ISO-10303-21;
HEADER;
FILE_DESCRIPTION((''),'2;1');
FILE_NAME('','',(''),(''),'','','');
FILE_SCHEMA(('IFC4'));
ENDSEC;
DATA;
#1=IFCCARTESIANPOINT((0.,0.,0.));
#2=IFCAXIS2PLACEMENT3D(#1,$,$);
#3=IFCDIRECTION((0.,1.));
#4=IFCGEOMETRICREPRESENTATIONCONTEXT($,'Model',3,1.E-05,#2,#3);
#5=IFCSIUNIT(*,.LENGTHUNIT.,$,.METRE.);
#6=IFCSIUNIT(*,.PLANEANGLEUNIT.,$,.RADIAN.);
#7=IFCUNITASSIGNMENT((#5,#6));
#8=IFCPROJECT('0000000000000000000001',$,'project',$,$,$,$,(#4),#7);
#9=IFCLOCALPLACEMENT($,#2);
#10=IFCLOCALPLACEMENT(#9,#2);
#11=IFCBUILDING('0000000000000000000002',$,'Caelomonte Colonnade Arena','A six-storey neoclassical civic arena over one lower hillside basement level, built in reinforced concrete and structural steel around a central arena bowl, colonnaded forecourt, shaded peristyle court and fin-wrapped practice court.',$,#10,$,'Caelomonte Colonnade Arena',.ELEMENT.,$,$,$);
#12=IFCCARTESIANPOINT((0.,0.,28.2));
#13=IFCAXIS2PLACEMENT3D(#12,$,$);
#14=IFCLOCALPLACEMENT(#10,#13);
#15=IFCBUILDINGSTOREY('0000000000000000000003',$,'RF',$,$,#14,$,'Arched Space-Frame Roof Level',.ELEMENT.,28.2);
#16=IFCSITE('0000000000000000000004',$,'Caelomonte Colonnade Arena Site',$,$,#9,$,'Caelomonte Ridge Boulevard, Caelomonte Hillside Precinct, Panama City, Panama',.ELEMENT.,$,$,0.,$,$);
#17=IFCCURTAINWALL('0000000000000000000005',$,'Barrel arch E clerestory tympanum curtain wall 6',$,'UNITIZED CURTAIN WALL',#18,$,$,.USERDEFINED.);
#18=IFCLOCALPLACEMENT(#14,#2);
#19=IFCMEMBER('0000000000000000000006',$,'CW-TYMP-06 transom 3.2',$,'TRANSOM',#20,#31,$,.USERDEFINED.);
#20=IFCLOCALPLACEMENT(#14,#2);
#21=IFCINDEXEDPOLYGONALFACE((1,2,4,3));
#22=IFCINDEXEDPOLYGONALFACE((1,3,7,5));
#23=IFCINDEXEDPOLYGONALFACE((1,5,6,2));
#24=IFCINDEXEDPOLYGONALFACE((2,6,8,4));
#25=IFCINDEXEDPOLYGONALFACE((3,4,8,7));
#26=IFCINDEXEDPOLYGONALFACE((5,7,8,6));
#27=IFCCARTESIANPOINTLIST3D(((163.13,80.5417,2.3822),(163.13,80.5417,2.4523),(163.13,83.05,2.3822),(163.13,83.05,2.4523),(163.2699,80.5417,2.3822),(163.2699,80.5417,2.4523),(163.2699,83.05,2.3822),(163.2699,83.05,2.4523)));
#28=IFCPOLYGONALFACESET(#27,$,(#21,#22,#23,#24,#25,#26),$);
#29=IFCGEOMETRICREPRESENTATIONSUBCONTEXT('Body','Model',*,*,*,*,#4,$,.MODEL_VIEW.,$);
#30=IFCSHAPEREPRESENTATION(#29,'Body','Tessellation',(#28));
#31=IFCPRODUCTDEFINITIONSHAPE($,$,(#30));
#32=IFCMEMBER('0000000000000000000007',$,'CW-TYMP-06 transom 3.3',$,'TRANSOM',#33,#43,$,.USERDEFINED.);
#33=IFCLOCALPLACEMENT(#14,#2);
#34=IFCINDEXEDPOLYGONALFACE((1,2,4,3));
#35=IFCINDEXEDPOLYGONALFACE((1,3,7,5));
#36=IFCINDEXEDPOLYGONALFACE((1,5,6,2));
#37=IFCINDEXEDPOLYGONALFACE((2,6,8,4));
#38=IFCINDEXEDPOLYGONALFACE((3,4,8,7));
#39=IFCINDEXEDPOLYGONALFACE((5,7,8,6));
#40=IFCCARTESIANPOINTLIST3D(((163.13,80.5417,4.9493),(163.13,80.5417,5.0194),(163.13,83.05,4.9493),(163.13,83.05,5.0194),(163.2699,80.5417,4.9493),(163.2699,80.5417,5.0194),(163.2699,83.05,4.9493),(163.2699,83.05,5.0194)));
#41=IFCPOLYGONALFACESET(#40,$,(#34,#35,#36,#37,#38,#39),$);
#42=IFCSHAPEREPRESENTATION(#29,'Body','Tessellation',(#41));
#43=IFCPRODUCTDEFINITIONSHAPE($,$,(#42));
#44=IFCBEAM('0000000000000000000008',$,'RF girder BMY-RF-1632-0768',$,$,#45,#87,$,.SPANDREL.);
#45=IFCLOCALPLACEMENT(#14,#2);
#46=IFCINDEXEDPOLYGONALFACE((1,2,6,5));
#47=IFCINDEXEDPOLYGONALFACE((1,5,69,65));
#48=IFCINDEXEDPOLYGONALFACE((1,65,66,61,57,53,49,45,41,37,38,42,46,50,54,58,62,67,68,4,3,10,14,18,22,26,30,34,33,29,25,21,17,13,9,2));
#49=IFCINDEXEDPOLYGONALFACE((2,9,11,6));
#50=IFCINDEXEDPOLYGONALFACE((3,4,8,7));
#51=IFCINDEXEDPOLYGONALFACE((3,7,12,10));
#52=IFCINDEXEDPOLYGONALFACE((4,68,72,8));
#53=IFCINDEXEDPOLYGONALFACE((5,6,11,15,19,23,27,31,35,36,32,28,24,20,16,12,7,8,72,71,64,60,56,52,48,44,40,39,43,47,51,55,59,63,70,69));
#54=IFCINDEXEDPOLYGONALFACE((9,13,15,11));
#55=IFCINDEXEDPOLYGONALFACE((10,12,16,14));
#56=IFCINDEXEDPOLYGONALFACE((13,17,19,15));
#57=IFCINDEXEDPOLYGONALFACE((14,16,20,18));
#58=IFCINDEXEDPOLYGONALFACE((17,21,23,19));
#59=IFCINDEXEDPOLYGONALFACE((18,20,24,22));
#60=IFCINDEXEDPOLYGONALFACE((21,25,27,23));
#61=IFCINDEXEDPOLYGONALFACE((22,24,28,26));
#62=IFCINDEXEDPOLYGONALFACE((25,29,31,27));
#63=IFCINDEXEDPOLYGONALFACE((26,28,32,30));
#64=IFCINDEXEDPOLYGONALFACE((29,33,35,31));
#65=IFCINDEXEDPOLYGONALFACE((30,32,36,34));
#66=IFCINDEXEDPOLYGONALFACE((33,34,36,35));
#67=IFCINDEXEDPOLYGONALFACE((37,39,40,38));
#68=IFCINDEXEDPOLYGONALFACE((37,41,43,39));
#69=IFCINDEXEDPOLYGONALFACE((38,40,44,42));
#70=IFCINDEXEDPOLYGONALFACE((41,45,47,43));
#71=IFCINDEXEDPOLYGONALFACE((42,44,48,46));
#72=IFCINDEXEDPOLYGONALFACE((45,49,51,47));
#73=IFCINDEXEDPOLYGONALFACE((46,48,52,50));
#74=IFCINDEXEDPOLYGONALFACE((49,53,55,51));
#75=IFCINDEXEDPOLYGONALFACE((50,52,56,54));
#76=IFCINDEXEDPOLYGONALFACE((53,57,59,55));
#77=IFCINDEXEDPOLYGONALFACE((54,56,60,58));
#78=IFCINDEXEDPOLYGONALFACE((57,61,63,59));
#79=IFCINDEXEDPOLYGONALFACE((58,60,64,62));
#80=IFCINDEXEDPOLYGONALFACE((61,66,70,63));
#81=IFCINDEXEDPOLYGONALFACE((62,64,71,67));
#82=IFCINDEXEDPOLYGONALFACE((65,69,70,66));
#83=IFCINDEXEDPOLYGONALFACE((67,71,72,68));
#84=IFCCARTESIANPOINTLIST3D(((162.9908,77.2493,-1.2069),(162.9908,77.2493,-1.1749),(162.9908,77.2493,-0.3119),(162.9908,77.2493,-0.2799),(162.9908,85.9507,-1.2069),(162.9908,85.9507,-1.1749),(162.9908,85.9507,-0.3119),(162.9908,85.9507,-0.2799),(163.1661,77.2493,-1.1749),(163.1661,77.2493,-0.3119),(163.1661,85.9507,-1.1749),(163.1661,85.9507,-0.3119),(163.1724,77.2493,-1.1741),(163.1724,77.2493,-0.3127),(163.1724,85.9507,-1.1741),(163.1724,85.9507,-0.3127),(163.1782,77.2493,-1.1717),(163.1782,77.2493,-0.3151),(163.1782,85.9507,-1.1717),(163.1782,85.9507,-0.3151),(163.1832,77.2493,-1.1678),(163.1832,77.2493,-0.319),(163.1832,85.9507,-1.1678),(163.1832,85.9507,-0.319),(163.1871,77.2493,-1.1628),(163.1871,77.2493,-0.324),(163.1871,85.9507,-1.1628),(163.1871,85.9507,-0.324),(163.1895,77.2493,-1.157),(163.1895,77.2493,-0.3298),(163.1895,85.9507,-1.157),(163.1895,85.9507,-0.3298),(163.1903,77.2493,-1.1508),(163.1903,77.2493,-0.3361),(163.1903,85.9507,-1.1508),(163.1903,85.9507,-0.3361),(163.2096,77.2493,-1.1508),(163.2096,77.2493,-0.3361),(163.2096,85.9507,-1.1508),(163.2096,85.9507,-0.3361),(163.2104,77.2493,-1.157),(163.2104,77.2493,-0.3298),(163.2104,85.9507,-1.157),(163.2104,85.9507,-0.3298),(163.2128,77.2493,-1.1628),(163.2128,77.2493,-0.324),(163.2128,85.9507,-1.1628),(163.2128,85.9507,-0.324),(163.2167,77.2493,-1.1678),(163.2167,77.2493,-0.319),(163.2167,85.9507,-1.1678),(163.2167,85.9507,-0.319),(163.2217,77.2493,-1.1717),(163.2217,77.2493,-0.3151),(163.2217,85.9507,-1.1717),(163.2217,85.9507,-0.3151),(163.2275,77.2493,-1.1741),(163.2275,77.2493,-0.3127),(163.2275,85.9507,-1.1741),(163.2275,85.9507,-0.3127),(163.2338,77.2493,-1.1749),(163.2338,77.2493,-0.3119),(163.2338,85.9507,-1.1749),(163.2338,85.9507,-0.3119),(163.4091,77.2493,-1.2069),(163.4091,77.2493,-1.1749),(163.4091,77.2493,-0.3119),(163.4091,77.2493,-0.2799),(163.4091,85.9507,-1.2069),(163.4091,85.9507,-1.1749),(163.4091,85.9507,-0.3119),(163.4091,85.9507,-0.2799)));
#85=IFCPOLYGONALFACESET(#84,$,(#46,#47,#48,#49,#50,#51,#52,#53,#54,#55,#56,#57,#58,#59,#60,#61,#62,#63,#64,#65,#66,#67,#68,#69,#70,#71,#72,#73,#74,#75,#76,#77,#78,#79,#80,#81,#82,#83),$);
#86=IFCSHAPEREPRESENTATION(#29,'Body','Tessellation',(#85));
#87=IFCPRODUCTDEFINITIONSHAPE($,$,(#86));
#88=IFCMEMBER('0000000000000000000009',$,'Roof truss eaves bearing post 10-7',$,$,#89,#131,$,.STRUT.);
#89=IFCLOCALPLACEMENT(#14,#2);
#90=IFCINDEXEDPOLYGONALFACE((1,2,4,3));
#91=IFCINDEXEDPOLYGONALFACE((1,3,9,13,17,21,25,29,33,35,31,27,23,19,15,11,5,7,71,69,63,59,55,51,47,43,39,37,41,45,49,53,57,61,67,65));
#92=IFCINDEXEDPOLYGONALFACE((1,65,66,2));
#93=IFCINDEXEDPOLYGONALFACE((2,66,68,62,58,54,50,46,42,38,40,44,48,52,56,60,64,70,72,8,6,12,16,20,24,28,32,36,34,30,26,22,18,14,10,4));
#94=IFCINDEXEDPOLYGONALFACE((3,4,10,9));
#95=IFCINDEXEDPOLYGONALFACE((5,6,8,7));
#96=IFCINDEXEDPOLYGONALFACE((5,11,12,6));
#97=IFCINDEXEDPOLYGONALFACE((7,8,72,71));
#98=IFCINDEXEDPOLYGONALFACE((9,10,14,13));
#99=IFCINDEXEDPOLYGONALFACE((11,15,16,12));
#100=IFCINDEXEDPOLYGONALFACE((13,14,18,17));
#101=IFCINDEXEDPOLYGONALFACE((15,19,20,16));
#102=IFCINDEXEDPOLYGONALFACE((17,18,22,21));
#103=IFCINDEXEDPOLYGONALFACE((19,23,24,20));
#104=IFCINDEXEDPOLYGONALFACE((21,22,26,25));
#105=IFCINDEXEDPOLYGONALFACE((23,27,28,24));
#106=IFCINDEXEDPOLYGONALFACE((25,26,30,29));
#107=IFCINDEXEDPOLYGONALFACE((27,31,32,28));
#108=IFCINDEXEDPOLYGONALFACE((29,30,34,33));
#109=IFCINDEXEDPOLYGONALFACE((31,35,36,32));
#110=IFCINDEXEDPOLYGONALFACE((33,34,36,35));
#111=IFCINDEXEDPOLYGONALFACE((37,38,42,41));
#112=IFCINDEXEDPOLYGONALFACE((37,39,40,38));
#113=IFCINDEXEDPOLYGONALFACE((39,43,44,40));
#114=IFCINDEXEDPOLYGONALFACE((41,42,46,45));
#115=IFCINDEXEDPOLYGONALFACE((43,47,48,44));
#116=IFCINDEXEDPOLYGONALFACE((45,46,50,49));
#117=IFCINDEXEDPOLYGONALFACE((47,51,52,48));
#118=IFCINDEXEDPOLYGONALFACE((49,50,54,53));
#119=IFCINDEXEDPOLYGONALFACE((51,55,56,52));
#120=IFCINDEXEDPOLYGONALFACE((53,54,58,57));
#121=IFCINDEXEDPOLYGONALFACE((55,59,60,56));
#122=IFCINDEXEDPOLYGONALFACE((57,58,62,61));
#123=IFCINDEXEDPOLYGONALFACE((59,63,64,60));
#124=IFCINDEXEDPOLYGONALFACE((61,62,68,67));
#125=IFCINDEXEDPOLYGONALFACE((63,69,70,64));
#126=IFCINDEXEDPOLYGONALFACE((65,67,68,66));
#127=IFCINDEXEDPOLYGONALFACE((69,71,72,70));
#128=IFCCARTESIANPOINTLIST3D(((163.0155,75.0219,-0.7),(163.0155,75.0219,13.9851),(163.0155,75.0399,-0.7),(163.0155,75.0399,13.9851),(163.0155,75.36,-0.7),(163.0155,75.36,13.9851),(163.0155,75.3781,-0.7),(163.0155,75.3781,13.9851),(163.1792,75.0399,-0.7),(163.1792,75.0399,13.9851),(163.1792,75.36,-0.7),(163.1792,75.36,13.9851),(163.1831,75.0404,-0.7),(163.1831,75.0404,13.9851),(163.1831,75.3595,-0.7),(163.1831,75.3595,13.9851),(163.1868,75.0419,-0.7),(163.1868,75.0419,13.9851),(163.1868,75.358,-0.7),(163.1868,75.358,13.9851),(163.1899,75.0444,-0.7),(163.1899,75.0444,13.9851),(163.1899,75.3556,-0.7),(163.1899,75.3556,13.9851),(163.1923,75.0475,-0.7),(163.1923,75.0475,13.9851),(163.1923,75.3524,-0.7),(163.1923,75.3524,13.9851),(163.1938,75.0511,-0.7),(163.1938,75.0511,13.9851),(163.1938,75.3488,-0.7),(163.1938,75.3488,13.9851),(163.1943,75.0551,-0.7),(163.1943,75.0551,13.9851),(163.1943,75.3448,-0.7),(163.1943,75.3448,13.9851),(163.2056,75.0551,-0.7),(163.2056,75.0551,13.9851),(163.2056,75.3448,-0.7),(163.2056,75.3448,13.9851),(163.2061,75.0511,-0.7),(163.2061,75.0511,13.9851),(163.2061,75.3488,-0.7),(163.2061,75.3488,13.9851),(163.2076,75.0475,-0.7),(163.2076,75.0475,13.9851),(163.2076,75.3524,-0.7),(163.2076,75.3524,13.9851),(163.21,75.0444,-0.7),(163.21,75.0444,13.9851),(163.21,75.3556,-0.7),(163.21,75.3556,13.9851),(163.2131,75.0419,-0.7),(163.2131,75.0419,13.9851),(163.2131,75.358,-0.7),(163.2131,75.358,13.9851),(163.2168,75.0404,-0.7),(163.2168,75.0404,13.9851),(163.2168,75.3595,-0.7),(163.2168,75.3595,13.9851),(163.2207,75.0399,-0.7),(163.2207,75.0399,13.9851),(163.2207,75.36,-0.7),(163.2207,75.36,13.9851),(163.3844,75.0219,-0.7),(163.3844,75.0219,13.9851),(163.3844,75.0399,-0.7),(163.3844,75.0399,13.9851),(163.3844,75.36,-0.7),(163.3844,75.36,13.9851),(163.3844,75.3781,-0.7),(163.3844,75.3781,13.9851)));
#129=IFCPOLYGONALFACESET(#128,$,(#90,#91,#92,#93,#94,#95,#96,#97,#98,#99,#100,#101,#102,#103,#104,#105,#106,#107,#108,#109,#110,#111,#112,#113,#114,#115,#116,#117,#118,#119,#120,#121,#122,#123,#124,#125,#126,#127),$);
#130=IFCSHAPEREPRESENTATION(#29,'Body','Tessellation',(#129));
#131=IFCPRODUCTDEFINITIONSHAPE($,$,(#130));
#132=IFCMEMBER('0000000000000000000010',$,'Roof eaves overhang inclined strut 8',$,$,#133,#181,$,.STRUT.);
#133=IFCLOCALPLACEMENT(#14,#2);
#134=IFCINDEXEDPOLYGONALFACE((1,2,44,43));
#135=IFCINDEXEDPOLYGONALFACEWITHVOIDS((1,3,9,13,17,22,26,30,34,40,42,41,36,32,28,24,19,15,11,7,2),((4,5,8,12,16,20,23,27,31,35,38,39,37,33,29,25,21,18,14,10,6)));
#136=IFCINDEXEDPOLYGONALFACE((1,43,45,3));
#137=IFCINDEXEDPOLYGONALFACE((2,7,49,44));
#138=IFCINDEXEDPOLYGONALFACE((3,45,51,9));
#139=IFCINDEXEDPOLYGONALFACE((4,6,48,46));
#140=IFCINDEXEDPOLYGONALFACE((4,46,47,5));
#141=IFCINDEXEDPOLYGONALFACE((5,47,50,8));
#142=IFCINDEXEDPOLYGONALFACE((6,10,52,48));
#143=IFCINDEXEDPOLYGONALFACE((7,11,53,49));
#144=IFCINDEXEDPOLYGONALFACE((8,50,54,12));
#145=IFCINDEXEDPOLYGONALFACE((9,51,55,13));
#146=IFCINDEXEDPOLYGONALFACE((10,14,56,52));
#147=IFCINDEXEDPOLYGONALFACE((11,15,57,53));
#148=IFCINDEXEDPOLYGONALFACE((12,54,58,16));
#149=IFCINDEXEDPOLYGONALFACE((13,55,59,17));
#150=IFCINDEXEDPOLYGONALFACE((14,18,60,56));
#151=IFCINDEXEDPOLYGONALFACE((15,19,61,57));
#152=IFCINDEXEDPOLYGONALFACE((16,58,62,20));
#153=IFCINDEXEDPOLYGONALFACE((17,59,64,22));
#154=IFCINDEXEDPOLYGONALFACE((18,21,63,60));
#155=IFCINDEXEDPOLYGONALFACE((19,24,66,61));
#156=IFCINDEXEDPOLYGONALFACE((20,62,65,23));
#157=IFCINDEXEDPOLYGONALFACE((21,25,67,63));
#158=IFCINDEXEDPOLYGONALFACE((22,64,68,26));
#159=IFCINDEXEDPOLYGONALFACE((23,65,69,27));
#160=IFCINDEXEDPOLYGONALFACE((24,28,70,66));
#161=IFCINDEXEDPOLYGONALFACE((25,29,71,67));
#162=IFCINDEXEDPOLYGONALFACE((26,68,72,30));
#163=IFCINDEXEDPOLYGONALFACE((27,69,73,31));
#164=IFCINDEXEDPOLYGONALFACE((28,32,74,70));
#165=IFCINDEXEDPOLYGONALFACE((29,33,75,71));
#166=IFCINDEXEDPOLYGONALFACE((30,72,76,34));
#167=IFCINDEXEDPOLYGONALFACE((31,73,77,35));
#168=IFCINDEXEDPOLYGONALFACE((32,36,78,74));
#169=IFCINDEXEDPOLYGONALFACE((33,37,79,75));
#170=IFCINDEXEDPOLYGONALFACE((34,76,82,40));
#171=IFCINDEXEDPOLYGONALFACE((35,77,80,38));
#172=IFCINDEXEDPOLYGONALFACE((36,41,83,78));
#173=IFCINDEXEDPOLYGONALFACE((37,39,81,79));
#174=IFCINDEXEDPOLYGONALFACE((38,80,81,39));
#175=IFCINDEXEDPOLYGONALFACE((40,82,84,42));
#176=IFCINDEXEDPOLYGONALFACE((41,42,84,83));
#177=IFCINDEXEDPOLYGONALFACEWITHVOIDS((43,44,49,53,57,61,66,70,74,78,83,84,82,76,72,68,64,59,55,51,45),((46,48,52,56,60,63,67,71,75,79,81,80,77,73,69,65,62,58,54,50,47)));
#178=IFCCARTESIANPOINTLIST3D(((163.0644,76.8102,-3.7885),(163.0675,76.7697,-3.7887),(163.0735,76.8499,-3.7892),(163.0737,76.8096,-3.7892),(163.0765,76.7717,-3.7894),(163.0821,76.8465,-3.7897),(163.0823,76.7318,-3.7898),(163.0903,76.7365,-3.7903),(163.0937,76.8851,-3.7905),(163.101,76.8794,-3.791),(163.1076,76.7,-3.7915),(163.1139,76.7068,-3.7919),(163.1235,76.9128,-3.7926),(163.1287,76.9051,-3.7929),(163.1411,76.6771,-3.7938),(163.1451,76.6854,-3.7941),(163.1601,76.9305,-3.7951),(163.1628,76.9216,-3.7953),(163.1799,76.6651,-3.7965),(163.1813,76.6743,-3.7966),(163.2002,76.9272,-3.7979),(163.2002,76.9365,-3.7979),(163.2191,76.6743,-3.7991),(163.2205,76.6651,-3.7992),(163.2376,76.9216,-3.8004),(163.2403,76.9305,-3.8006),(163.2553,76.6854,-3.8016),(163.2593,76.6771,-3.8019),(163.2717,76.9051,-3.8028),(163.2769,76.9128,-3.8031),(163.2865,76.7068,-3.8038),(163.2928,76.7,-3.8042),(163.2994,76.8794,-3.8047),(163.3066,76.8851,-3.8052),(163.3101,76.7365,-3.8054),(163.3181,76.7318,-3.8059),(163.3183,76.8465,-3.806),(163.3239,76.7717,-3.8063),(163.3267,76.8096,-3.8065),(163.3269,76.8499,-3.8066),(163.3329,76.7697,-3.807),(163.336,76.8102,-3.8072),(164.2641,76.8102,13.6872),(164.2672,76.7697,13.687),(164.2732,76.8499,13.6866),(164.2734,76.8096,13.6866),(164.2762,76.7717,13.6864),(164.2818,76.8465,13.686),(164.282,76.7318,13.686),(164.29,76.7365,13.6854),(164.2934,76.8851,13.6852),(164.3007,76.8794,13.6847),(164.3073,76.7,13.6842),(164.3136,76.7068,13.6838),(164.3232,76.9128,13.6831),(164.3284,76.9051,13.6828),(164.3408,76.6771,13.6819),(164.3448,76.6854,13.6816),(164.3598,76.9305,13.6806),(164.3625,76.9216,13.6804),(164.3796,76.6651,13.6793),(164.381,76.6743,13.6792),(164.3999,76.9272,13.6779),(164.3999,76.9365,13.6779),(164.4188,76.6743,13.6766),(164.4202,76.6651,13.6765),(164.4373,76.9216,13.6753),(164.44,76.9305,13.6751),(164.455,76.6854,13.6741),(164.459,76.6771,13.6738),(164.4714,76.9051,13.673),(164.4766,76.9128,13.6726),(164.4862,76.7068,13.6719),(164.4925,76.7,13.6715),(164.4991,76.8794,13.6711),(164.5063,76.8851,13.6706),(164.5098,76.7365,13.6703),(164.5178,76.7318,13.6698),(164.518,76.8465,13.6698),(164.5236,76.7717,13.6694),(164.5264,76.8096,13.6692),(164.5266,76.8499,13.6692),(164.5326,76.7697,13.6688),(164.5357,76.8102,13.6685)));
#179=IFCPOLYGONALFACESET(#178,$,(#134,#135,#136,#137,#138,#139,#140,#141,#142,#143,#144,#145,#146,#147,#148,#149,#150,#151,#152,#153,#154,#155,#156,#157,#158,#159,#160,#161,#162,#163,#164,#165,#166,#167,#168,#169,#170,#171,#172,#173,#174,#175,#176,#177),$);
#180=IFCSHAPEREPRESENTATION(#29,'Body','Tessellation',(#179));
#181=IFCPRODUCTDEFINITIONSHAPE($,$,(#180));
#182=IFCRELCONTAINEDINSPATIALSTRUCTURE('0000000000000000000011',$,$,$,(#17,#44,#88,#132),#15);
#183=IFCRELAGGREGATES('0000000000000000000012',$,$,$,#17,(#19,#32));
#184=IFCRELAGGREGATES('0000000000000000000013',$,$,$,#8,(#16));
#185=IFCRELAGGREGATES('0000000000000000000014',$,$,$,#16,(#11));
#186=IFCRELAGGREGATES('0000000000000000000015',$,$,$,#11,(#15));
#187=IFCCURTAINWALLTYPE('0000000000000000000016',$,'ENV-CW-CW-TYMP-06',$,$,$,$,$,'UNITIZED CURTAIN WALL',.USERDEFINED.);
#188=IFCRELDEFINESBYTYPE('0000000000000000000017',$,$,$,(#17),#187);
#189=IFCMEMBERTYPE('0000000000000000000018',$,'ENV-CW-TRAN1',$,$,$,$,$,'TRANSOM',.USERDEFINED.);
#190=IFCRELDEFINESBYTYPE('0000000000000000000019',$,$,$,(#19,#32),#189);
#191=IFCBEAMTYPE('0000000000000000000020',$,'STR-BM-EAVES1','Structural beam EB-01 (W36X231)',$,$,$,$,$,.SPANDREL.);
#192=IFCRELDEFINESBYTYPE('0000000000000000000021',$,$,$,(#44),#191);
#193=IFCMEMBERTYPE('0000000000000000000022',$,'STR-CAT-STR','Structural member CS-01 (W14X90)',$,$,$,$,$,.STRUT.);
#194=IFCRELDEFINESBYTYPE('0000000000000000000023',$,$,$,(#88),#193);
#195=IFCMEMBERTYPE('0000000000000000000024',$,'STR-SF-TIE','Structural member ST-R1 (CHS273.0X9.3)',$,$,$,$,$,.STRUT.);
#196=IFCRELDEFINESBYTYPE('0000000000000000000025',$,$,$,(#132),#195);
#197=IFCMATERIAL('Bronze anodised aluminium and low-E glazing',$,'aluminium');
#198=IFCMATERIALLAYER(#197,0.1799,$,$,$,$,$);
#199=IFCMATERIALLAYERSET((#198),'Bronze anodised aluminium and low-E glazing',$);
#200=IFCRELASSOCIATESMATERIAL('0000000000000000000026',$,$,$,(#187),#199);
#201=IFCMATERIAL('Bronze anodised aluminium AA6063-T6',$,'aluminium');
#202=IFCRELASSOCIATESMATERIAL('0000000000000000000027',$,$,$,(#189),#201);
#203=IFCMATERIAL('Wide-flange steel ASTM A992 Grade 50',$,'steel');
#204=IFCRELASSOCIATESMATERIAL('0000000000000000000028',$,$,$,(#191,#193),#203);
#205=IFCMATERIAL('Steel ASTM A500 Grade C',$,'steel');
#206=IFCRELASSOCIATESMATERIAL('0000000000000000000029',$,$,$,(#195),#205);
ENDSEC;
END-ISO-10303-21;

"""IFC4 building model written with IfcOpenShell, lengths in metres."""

from ifc_helpers import new_model, si_unit, direction, frame, origin, origin_2d, place, context, subcontext, project, spatial, rectangle, hollow_circle, i_section, extrude, material, layer, layer_set, material_profile, profile_set, type_object, element, aggregate, save


model = new_model("IFC4")

# Units and contexts
model_context = context("Model", 3, precision=1e-05, world=origin(), true_north=direction((0.0, 1.0)))
body_context = subcontext(model_context, "Body", "Model", "MODEL_VIEW")
ifc_project = project(units=[si_unit("LENGTHUNIT", "METRE"), si_unit("PLANEANGLEUNIT", "RADIAN")], contexts=[model_context])

# Site, building, storey
site_placement = place(None, origin())
site = spatial("IfcSite", under=ifc_project, at=site_placement, Name="Caelomonte Colonnade Arena Site", LongName="Caelomonte Ridge Boulevard, Caelomonte Hillside Precinct, Panama City, Panama", CompositionType="ELEMENT", RefElevation=0.0)
building_placement = place(site_placement, origin())
building = spatial("IfcBuilding", under=site, at=building_placement, Name="Caelomonte Colonnade Arena", Description="A six-storey neoclassical civic arena over one lower hillside basement level, built in reinforced concrete and structural steel around a central arena bowl, colonnaded forecourt, shaded peristyle court and fin-wrapped practice court.", LongName="Caelomonte Colonnade Arena", CompositionType="ELEMENT")
storey_placement = place(building_placement, frame((0.0, 0.0, 28.2)))
storey = spatial("IfcBuildingStorey", under=building, at=storey_placement, Name="RF", LongName="Arched Space-Frame Roof Level", CompositionType="ELEMENT", Elevation=28.2)

# Curtain wall
ifc_material_1 = material(Name="Bronze anodised aluminium and low-E glazing", Category="aluminium")
ifc_material_2 = material(Name="Bronze anodised aluminium AA6063-T6", Category="aluminium")
ifc_layer_1 = layer(ifc_material_1, 0.1799)
ifc_layer_set_1 = layer_set([ifc_layer_1], Name="Bronze anodised aluminium and low-E glazing")
curtain_wall_type_1 = type_object("IfcCurtainWallType", Name="ENV-CW-CW-TYMP-06", ElementType="UNITIZED CURTAIN WALL", PredefinedType="USERDEFINED", material=ifc_layer_set_1)
curtain_wall_1_placement = place(storey_placement, origin())
curtain_wall_1 = element("IfcCurtainWall", 1, at=curtain_wall_1_placement, inside=storey, type_object=curtain_wall_type_1, Name="Barrel arch E clerestory tympanum curtain wall 6", ObjectType="UNITIZED CURTAIN WALL", PredefinedType="USERDEFINED")

# Members
ifc_material_profile_1 = material_profile(ifc_material_2, rectangle(XDim=0.0701, YDim=0.1399, at=origin_2d()), Name="CWT-70X140")
ifc_profile_set_1 = profile_set([ifc_material_profile_1], Name="Bronze anodised aluminium AA6063-T6")
member_type_1 = type_object("IfcMemberType", Name="ENV-CW-TRAN1", ElementType="TRANSOM", PredefinedType="USERDEFINED", material=ifc_profile_set_1)
member_1_placement = place(storey_placement, frame((163.2, 80.5417, 2.4172), z_axis=(0.0, 1.0, 0.0), x_axis=(0.0, 0.0, 1.0)))
member_1 = element("IfcMember", 2, at=member_1_placement, type_object=member_type_1, Name="CW-TYMP-06 transom 3.2", ObjectType="TRANSOM", PredefinedType="USERDEFINED", context=body_context, shape_type="SweptSolid", body=[
    extrude(rectangle(XDim=0.0701, YDim=0.1399, at=origin_2d()), origin(), (0.0, 0.0, 1.0), 2.5083),
])
member_2_placement = place(storey_placement, frame((163.2, 80.5417, 4.9844), z_axis=(0.0, 1.0, 0.0), x_axis=(0.0, 0.0, 1.0)))
member_2 = element("IfcMember", 3, at=member_2_placement, type_object=member_type_1, Name="CW-TYMP-06 transom 3.3", ObjectType="TRANSOM", PredefinedType="USERDEFINED", context=body_context, shape_type="SweptSolid", body=[
    extrude(rectangle(XDim=0.0701, YDim=0.1399, at=origin_2d()), origin(), (0.0, 0.0, 1.0), 2.5083),
])

# Beam
ifc_material_3 = material(Name="Wide-flange steel ASTM A992 Grade 50", Category="steel")
ifc_material_profile_2 = material_profile(ifc_material_3, i_section(OverallWidth=0.4182, OverallDepth=0.927, WebThickness=0.0193, FlangeThickness=0.032, FilletRadius=0.0242, at=origin_2d()), Name="W36X231")
ifc_profile_set_2 = profile_set([ifc_material_profile_2], Name="Wide-flange steel ASTM A992 Grade 50")
beam_type = type_object("IfcBeamType", Name="STR-BM-EAVES1", Description="Structural beam EB-01 (W36X231)", PredefinedType="SPANDREL", material=ifc_profile_set_2)
beam_placement = place(storey_placement, frame((163.2, 77.2493, -0.7434), z_axis=(0.0, 1.0, 0.0), x_axis=(-1.0, 0.0, 0.0)))
element("IfcBeam", 4, at=beam_placement, inside=storey, type_object=beam_type, Name="RF girder BMY-RF-1632-0768", PredefinedType="SPANDREL", context=body_context, shape_type="SweptSolid", body=[
    extrude(i_section(OverallWidth=0.4182, OverallDepth=0.927, WebThickness=0.0193, FlangeThickness=0.032, FilletRadius=0.0242, at=origin_2d()), origin(), (0.0, 0.0, 1.0), 8.7014),
])

# Members
ifc_material_profile_3 = material_profile(ifc_material_3, i_section(OverallWidth=0.3689, OverallDepth=0.3562, WebThickness=0.0112, FlangeThickness=0.0181, FilletRadius=0.0151, at=origin_2d()), Name="W14X90")
ifc_profile_set_3 = profile_set([ifc_material_profile_3], Name="Wide-flange steel ASTM A992 Grade 50")
member_type_2 = type_object("IfcMemberType", Name="STR-CAT-STR", Description="Structural member CS-01 (W14X90)", PredefinedType="STRUT", material=ifc_profile_set_3)
member_3_placement = place(storey_placement, frame((163.2, 75.2, -0.7), z_axis=(0.0, 0.0, 1.0), x_axis=(1.0, 0.0, 0.0)))
element("IfcMember", 5, at=member_3_placement, inside=storey, type_object=member_type_2, Name="Roof truss eaves bearing post 10-7", PredefinedType="STRUT", context=body_context, shape_type="SweptSolid", body=[
    extrude(i_section(OverallWidth=0.3689, OverallDepth=0.3562, WebThickness=0.0112, FlangeThickness=0.0181, FilletRadius=0.0151, at=origin_2d()), origin(), (0.0, 0.0, 1.0), 14.6851),
])
ifc_material_4 = material(Name="Steel ASTM A500 Grade C", Category="steel")
ifc_material_profile_4 = material_profile(ifc_material_4, hollow_circle(Radius=0.1365, WallThickness=0.0093, at=origin_2d()), Name="CHS273.0X9.3")
ifc_profile_set_4 = profile_set([ifc_material_profile_4], Name="Steel ASTM A500 Grade C")
member_type_3 = type_object("IfcMemberType", Name="STR-SF-TIE", Description="Structural member ST-R1 (CHS273.0X9.3)", PredefinedType="STRUT", material=ifc_profile_set_4)
member_4_placement = place(storey_placement, frame((163.2002, 76.8, -3.7979), z_axis=(0.068488, 0.0, 0.997652), x_axis=(0.0, 1.0, 0.0)))
element("IfcMember", 6, at=member_4_placement, inside=storey, type_object=member_type_3, Name="Roof eaves overhang inclined strut 8", PredefinedType="STRUT", context=body_context, shape_type="SweptSolid", body=[
    extrude(hollow_circle(Radius=0.1365, WallThickness=0.0093, at=origin_2d()), origin(), (0.0, 0.0, 1.0), 17.5168),
])

aggregate(curtain_wall_1, [member_1, member_2])

save(model, "model.ifc")
